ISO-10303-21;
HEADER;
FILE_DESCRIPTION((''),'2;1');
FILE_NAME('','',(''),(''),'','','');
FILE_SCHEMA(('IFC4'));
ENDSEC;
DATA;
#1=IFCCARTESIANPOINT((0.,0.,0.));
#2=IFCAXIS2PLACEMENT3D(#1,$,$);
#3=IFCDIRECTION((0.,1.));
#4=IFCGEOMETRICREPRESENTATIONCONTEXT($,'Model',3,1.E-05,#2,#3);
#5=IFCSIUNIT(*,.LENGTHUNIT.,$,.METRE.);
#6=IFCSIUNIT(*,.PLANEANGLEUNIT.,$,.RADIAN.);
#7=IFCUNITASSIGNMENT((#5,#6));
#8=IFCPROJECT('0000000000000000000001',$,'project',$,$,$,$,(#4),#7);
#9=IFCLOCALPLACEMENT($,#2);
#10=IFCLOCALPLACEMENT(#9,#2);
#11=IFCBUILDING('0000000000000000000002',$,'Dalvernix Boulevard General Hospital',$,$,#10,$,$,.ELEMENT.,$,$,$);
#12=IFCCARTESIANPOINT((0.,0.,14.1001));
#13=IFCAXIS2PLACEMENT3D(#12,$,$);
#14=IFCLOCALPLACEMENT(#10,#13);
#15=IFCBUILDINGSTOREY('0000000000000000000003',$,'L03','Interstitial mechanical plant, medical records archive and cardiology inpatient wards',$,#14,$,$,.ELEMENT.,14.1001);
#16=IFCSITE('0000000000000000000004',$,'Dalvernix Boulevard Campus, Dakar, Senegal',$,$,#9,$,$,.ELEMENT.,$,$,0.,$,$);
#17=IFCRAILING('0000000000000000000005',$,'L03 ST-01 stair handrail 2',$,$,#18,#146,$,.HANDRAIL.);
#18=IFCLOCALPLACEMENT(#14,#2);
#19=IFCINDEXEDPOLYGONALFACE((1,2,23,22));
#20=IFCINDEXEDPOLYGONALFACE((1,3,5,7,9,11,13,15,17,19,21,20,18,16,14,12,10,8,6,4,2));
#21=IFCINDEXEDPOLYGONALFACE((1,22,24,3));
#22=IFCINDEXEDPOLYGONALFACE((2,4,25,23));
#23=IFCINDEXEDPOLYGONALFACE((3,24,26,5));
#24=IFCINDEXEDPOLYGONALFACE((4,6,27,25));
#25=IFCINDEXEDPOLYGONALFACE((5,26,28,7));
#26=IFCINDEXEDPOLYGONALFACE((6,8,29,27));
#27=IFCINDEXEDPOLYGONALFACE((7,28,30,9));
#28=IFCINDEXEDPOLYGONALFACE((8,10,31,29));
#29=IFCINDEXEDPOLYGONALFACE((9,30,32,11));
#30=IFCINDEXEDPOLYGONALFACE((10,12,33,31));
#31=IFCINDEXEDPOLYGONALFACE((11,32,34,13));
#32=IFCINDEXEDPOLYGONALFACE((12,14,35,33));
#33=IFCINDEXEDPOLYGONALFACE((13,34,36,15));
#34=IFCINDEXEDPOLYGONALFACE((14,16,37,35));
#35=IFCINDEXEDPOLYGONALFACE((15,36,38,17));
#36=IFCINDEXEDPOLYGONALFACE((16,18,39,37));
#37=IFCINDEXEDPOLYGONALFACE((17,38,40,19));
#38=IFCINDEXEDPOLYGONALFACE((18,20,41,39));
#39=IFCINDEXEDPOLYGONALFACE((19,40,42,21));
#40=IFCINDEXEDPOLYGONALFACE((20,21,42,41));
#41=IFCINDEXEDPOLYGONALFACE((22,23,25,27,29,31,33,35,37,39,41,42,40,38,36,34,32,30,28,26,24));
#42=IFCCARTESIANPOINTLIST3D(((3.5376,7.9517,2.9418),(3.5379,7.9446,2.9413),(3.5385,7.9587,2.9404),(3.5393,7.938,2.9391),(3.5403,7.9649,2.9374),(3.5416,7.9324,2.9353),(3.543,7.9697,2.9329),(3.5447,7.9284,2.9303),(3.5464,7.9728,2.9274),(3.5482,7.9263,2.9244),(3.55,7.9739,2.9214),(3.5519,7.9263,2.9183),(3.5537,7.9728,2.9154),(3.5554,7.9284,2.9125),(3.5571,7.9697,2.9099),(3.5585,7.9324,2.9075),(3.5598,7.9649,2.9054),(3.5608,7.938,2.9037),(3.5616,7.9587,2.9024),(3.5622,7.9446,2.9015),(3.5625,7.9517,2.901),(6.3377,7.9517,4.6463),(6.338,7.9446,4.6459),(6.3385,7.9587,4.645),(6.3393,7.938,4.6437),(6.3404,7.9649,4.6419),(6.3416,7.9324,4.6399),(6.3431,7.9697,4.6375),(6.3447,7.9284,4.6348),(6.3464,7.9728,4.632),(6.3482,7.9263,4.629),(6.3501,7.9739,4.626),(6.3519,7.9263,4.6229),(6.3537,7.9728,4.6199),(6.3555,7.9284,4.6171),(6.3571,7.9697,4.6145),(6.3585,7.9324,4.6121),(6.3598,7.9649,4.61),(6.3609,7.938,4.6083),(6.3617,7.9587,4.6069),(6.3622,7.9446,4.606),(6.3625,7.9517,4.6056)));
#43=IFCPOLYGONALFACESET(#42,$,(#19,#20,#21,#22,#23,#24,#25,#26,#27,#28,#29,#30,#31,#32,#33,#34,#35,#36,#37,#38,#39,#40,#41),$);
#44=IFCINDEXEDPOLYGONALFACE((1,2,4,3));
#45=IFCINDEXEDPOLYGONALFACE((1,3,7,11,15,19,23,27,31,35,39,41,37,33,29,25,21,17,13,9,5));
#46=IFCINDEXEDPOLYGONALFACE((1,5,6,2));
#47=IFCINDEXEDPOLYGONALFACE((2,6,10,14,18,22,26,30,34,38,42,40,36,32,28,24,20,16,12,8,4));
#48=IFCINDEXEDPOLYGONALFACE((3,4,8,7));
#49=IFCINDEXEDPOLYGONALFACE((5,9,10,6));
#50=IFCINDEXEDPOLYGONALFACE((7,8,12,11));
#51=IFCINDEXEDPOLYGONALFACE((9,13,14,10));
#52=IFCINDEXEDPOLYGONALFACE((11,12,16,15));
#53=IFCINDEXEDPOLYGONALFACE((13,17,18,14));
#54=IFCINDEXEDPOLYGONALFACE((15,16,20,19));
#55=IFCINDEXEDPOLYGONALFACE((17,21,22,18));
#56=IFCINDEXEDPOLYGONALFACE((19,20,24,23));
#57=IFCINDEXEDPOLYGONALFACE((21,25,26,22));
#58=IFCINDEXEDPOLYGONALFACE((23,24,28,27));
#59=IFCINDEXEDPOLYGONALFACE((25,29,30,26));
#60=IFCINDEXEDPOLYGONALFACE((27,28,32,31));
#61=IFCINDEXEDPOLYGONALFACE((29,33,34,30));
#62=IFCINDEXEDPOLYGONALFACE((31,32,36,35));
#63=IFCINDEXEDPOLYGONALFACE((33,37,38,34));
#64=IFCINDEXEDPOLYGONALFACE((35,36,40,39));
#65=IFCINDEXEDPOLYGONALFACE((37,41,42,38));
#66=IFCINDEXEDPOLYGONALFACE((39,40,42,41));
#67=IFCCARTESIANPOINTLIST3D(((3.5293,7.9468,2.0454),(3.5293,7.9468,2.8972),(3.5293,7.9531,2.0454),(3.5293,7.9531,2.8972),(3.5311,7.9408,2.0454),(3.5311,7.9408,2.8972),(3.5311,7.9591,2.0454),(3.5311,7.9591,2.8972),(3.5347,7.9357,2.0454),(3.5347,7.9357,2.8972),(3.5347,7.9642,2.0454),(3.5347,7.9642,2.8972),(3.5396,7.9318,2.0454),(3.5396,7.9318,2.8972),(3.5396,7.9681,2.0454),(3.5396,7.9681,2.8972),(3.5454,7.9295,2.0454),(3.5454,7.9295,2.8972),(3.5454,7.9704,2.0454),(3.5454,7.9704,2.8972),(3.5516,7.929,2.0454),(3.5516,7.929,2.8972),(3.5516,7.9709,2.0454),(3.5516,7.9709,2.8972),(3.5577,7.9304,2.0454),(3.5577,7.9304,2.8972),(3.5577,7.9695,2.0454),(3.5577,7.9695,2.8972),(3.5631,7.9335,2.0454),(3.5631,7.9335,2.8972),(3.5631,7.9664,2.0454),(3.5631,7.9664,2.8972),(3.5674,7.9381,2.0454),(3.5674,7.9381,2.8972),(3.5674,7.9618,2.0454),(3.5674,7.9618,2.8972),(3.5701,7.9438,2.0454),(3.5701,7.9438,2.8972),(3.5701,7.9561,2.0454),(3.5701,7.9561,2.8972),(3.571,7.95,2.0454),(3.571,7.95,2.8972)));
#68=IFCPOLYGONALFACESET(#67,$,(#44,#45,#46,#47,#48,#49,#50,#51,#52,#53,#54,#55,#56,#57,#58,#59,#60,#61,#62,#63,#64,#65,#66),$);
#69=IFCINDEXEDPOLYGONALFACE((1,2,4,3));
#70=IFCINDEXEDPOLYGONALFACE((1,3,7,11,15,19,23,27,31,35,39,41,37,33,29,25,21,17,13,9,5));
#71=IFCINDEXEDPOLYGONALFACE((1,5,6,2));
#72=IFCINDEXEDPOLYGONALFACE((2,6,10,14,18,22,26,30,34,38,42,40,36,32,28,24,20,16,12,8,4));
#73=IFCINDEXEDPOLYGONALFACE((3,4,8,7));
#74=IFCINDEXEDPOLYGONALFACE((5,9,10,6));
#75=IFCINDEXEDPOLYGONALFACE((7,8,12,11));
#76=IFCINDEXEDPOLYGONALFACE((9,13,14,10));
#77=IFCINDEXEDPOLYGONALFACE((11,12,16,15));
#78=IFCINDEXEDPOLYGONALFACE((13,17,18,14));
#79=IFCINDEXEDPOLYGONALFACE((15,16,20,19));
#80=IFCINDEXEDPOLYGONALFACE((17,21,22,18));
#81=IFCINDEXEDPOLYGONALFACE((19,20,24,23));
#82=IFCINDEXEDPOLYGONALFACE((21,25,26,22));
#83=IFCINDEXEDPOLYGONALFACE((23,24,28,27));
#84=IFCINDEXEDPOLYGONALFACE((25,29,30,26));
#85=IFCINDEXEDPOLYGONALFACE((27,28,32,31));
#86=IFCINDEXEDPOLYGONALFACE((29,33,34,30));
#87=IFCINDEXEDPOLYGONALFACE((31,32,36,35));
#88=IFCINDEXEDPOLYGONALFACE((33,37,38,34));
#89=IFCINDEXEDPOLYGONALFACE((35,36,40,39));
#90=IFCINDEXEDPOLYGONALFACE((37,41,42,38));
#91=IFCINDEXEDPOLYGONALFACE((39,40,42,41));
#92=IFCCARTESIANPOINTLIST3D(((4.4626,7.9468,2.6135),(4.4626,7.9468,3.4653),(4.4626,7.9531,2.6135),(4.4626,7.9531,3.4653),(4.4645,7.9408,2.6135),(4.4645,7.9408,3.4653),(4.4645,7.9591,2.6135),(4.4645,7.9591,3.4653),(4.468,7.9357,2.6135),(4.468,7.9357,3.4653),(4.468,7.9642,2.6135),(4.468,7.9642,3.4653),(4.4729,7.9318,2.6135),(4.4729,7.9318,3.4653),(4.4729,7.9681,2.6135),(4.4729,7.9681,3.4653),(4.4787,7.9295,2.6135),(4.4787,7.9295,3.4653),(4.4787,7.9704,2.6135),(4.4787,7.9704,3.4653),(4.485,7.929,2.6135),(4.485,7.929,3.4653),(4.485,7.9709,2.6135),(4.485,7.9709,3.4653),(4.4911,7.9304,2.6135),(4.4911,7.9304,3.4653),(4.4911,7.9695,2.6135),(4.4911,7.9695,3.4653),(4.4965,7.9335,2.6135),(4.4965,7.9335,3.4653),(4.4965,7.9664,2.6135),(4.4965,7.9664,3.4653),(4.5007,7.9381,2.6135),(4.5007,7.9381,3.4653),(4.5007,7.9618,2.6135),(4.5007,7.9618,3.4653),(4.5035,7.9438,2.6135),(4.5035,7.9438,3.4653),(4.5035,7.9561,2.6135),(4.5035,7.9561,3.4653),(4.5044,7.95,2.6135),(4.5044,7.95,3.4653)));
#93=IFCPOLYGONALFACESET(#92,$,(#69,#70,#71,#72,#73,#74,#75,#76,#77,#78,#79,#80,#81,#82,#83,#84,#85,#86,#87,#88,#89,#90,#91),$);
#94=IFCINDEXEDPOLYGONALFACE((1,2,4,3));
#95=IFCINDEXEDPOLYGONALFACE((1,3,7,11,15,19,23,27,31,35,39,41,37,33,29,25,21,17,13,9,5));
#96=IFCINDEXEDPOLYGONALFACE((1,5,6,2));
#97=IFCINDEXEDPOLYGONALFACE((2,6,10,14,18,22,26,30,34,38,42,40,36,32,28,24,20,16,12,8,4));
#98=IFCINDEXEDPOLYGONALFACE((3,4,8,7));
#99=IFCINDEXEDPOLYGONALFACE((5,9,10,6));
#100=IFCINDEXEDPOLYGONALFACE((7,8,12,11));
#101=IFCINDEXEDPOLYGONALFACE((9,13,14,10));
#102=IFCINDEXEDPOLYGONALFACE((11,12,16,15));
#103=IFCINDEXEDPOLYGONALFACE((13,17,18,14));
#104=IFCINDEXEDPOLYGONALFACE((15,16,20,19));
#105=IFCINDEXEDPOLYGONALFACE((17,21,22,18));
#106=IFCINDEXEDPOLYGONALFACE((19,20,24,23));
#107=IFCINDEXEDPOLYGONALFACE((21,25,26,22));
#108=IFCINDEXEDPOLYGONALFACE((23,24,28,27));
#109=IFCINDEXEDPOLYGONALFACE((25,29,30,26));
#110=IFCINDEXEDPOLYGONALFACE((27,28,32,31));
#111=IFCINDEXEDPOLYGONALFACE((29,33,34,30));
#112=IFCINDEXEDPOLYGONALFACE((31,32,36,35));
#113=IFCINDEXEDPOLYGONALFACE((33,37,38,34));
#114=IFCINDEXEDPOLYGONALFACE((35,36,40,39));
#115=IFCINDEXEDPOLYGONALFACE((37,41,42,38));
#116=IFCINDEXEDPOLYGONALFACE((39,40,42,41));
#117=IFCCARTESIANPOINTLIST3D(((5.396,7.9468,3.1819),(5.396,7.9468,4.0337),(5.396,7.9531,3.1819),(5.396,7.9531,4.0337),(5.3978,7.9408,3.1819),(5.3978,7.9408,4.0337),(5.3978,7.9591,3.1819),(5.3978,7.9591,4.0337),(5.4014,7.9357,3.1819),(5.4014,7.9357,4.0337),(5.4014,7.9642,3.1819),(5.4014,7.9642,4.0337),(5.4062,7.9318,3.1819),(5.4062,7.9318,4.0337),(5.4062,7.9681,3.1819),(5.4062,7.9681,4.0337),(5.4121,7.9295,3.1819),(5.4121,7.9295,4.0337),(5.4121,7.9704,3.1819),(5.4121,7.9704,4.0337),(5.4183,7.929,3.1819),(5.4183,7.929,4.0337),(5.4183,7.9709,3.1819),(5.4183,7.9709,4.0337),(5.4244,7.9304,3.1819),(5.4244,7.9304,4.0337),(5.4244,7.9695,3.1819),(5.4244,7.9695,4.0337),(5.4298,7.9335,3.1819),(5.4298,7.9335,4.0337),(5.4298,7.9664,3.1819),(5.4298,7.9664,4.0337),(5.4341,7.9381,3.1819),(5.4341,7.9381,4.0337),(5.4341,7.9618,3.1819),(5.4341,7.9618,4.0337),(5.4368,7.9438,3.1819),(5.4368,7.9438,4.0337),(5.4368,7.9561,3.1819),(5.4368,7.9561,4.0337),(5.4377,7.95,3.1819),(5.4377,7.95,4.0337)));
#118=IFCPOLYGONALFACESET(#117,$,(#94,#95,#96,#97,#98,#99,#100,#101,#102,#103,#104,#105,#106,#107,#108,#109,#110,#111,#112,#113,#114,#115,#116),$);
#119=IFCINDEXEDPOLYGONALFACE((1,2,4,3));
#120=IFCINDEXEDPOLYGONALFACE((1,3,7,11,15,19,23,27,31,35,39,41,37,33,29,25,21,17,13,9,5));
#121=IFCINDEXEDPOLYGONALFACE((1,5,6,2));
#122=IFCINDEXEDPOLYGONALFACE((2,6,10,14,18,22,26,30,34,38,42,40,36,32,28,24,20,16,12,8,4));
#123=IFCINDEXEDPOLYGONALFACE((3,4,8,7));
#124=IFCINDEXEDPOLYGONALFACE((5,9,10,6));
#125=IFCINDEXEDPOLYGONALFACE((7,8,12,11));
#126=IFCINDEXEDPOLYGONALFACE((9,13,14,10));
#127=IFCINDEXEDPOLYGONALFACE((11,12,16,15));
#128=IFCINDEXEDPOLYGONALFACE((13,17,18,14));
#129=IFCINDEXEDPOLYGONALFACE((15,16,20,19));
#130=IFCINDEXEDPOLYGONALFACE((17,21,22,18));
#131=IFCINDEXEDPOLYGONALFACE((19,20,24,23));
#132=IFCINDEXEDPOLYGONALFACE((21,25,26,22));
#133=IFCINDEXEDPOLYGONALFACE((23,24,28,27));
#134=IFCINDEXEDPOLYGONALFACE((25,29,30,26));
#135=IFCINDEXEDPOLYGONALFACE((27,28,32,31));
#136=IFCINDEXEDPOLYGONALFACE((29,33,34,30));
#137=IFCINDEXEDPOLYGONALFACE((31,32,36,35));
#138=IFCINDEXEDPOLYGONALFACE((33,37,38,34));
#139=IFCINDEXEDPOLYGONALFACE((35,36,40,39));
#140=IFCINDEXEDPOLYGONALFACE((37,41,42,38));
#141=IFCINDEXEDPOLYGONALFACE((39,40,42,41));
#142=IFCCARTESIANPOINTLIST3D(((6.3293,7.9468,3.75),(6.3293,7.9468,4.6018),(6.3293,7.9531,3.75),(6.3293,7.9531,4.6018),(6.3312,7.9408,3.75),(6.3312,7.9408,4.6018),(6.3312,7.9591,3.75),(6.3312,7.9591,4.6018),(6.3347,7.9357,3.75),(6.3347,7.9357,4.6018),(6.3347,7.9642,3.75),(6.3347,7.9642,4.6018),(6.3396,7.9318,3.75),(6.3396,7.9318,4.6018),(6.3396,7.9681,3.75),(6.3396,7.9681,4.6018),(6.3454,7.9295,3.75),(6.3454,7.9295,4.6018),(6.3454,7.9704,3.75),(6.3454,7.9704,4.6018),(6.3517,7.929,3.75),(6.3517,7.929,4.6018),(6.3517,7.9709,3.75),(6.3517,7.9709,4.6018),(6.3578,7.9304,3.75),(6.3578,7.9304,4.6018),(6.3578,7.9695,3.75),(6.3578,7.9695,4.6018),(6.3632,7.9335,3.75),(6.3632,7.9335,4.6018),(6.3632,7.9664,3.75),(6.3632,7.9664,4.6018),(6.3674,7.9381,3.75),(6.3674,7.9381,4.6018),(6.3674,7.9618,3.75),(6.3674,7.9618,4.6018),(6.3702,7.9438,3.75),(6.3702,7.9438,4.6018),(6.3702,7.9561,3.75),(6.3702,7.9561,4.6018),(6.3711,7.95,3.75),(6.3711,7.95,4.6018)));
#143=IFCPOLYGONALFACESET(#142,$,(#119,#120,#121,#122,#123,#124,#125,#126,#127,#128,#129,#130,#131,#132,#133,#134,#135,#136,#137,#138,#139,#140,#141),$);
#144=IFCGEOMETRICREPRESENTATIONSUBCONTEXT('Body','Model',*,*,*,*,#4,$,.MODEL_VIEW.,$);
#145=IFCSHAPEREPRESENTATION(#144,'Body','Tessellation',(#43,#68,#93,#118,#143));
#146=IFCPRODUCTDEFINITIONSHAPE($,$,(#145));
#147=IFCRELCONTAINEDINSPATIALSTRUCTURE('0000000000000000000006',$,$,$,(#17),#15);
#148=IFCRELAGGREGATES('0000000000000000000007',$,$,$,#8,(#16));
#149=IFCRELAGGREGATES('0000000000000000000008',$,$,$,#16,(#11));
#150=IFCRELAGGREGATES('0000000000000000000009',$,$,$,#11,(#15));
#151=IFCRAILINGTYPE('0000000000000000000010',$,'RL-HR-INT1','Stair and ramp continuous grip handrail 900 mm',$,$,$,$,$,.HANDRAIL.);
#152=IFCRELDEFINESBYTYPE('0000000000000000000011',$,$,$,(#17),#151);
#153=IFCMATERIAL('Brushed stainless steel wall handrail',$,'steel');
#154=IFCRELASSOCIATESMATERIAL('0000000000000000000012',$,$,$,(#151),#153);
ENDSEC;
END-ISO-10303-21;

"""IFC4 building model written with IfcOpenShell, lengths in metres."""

from ifc_helpers import new_model, si_unit, direction, frame, origin, origin_2d, place, context, subcontext, project, spatial, circle, extrude, material, type_object, element, save


model = new_model("IFC4")

# Units and contexts
model_context = context("Model", 3, precision=1e-05, world=origin(), true_north=direction((0.0, 1.0)))
body_context = subcontext(model_context, "Body", "Model", "MODEL_VIEW")
ifc_project = project(units=[si_unit("LENGTHUNIT", "METRE"), si_unit("PLANEANGLEUNIT", "RADIAN")], contexts=[model_context])

# Site, building, storey
site_placement = place(None, origin())
site = spatial("IfcSite", under=ifc_project, at=site_placement, Name="Dalvernix Boulevard Campus, Dakar, Senegal", CompositionType="ELEMENT", RefElevation=0.0)
building_placement = place(site_placement, origin())
building = spatial("IfcBuilding", under=site, at=building_placement, Name="Dalvernix Boulevard General Hospital", CompositionType="ELEMENT")
storey_placement = place(building_placement, frame((0.0, 0.0, 14.1001)))
storey = spatial("IfcBuildingStorey", under=building, at=storey_placement, Name="L03", Description="Interstitial mechanical plant, medical records archive and cardiology inpatient wards", CompositionType="ELEMENT", Elevation=14.1001)

# Railing
ifc_material_1 = material(Name="Brushed stainless steel wall handrail", Category="steel")
railing_type_1 = type_object("IfcRailingType", Name="RL-HR-INT1", Description="Stair and ramp continuous grip handrail 900 mm", PredefinedType="HANDRAIL", material=ifc_material_1)
railing_1_placement = place(storey_placement, frame((3.55, 7.95, 2.0454)))
element("IfcRailing", 1, at=railing_1_placement, inside=storey, type_object=railing_type_1, Name="L03 ST-01 stair handrail 2", PredefinedType="HANDRAIL", context=body_context, shape_type="SweptSolid", body=[
    extrude(circle(Radius=0.0239, at=origin_2d()), frame((0.0, 0.0, 0.876), z_axis=(0.85417, 0.0, 0.519994), x_axis=(0.0, 1.0, 0.0)), (0.0, 0.0, 1.0), 3.2781),
    extrude(circle(Radius=0.021, at=origin_2d()), origin(), (0.0, 0.0, 1.0), 0.8518),
    extrude(circle(Radius=0.021, at=origin_2d()), frame((0.9333, 0.0, 0.5681)), (0.0, 0.0, 1.0), 0.8518),
    extrude(circle(Radius=0.021, at=origin_2d()), frame((1.8667, 0.0, 1.1365)), (0.0, 0.0, 1.0), 0.8518),
    extrude(circle(Radius=0.021, at=origin_2d()), frame((2.8, 0.0, 1.7046)), (0.0, 0.0, 1.0), 0.8518),
])

save(model, "model.ifc")
